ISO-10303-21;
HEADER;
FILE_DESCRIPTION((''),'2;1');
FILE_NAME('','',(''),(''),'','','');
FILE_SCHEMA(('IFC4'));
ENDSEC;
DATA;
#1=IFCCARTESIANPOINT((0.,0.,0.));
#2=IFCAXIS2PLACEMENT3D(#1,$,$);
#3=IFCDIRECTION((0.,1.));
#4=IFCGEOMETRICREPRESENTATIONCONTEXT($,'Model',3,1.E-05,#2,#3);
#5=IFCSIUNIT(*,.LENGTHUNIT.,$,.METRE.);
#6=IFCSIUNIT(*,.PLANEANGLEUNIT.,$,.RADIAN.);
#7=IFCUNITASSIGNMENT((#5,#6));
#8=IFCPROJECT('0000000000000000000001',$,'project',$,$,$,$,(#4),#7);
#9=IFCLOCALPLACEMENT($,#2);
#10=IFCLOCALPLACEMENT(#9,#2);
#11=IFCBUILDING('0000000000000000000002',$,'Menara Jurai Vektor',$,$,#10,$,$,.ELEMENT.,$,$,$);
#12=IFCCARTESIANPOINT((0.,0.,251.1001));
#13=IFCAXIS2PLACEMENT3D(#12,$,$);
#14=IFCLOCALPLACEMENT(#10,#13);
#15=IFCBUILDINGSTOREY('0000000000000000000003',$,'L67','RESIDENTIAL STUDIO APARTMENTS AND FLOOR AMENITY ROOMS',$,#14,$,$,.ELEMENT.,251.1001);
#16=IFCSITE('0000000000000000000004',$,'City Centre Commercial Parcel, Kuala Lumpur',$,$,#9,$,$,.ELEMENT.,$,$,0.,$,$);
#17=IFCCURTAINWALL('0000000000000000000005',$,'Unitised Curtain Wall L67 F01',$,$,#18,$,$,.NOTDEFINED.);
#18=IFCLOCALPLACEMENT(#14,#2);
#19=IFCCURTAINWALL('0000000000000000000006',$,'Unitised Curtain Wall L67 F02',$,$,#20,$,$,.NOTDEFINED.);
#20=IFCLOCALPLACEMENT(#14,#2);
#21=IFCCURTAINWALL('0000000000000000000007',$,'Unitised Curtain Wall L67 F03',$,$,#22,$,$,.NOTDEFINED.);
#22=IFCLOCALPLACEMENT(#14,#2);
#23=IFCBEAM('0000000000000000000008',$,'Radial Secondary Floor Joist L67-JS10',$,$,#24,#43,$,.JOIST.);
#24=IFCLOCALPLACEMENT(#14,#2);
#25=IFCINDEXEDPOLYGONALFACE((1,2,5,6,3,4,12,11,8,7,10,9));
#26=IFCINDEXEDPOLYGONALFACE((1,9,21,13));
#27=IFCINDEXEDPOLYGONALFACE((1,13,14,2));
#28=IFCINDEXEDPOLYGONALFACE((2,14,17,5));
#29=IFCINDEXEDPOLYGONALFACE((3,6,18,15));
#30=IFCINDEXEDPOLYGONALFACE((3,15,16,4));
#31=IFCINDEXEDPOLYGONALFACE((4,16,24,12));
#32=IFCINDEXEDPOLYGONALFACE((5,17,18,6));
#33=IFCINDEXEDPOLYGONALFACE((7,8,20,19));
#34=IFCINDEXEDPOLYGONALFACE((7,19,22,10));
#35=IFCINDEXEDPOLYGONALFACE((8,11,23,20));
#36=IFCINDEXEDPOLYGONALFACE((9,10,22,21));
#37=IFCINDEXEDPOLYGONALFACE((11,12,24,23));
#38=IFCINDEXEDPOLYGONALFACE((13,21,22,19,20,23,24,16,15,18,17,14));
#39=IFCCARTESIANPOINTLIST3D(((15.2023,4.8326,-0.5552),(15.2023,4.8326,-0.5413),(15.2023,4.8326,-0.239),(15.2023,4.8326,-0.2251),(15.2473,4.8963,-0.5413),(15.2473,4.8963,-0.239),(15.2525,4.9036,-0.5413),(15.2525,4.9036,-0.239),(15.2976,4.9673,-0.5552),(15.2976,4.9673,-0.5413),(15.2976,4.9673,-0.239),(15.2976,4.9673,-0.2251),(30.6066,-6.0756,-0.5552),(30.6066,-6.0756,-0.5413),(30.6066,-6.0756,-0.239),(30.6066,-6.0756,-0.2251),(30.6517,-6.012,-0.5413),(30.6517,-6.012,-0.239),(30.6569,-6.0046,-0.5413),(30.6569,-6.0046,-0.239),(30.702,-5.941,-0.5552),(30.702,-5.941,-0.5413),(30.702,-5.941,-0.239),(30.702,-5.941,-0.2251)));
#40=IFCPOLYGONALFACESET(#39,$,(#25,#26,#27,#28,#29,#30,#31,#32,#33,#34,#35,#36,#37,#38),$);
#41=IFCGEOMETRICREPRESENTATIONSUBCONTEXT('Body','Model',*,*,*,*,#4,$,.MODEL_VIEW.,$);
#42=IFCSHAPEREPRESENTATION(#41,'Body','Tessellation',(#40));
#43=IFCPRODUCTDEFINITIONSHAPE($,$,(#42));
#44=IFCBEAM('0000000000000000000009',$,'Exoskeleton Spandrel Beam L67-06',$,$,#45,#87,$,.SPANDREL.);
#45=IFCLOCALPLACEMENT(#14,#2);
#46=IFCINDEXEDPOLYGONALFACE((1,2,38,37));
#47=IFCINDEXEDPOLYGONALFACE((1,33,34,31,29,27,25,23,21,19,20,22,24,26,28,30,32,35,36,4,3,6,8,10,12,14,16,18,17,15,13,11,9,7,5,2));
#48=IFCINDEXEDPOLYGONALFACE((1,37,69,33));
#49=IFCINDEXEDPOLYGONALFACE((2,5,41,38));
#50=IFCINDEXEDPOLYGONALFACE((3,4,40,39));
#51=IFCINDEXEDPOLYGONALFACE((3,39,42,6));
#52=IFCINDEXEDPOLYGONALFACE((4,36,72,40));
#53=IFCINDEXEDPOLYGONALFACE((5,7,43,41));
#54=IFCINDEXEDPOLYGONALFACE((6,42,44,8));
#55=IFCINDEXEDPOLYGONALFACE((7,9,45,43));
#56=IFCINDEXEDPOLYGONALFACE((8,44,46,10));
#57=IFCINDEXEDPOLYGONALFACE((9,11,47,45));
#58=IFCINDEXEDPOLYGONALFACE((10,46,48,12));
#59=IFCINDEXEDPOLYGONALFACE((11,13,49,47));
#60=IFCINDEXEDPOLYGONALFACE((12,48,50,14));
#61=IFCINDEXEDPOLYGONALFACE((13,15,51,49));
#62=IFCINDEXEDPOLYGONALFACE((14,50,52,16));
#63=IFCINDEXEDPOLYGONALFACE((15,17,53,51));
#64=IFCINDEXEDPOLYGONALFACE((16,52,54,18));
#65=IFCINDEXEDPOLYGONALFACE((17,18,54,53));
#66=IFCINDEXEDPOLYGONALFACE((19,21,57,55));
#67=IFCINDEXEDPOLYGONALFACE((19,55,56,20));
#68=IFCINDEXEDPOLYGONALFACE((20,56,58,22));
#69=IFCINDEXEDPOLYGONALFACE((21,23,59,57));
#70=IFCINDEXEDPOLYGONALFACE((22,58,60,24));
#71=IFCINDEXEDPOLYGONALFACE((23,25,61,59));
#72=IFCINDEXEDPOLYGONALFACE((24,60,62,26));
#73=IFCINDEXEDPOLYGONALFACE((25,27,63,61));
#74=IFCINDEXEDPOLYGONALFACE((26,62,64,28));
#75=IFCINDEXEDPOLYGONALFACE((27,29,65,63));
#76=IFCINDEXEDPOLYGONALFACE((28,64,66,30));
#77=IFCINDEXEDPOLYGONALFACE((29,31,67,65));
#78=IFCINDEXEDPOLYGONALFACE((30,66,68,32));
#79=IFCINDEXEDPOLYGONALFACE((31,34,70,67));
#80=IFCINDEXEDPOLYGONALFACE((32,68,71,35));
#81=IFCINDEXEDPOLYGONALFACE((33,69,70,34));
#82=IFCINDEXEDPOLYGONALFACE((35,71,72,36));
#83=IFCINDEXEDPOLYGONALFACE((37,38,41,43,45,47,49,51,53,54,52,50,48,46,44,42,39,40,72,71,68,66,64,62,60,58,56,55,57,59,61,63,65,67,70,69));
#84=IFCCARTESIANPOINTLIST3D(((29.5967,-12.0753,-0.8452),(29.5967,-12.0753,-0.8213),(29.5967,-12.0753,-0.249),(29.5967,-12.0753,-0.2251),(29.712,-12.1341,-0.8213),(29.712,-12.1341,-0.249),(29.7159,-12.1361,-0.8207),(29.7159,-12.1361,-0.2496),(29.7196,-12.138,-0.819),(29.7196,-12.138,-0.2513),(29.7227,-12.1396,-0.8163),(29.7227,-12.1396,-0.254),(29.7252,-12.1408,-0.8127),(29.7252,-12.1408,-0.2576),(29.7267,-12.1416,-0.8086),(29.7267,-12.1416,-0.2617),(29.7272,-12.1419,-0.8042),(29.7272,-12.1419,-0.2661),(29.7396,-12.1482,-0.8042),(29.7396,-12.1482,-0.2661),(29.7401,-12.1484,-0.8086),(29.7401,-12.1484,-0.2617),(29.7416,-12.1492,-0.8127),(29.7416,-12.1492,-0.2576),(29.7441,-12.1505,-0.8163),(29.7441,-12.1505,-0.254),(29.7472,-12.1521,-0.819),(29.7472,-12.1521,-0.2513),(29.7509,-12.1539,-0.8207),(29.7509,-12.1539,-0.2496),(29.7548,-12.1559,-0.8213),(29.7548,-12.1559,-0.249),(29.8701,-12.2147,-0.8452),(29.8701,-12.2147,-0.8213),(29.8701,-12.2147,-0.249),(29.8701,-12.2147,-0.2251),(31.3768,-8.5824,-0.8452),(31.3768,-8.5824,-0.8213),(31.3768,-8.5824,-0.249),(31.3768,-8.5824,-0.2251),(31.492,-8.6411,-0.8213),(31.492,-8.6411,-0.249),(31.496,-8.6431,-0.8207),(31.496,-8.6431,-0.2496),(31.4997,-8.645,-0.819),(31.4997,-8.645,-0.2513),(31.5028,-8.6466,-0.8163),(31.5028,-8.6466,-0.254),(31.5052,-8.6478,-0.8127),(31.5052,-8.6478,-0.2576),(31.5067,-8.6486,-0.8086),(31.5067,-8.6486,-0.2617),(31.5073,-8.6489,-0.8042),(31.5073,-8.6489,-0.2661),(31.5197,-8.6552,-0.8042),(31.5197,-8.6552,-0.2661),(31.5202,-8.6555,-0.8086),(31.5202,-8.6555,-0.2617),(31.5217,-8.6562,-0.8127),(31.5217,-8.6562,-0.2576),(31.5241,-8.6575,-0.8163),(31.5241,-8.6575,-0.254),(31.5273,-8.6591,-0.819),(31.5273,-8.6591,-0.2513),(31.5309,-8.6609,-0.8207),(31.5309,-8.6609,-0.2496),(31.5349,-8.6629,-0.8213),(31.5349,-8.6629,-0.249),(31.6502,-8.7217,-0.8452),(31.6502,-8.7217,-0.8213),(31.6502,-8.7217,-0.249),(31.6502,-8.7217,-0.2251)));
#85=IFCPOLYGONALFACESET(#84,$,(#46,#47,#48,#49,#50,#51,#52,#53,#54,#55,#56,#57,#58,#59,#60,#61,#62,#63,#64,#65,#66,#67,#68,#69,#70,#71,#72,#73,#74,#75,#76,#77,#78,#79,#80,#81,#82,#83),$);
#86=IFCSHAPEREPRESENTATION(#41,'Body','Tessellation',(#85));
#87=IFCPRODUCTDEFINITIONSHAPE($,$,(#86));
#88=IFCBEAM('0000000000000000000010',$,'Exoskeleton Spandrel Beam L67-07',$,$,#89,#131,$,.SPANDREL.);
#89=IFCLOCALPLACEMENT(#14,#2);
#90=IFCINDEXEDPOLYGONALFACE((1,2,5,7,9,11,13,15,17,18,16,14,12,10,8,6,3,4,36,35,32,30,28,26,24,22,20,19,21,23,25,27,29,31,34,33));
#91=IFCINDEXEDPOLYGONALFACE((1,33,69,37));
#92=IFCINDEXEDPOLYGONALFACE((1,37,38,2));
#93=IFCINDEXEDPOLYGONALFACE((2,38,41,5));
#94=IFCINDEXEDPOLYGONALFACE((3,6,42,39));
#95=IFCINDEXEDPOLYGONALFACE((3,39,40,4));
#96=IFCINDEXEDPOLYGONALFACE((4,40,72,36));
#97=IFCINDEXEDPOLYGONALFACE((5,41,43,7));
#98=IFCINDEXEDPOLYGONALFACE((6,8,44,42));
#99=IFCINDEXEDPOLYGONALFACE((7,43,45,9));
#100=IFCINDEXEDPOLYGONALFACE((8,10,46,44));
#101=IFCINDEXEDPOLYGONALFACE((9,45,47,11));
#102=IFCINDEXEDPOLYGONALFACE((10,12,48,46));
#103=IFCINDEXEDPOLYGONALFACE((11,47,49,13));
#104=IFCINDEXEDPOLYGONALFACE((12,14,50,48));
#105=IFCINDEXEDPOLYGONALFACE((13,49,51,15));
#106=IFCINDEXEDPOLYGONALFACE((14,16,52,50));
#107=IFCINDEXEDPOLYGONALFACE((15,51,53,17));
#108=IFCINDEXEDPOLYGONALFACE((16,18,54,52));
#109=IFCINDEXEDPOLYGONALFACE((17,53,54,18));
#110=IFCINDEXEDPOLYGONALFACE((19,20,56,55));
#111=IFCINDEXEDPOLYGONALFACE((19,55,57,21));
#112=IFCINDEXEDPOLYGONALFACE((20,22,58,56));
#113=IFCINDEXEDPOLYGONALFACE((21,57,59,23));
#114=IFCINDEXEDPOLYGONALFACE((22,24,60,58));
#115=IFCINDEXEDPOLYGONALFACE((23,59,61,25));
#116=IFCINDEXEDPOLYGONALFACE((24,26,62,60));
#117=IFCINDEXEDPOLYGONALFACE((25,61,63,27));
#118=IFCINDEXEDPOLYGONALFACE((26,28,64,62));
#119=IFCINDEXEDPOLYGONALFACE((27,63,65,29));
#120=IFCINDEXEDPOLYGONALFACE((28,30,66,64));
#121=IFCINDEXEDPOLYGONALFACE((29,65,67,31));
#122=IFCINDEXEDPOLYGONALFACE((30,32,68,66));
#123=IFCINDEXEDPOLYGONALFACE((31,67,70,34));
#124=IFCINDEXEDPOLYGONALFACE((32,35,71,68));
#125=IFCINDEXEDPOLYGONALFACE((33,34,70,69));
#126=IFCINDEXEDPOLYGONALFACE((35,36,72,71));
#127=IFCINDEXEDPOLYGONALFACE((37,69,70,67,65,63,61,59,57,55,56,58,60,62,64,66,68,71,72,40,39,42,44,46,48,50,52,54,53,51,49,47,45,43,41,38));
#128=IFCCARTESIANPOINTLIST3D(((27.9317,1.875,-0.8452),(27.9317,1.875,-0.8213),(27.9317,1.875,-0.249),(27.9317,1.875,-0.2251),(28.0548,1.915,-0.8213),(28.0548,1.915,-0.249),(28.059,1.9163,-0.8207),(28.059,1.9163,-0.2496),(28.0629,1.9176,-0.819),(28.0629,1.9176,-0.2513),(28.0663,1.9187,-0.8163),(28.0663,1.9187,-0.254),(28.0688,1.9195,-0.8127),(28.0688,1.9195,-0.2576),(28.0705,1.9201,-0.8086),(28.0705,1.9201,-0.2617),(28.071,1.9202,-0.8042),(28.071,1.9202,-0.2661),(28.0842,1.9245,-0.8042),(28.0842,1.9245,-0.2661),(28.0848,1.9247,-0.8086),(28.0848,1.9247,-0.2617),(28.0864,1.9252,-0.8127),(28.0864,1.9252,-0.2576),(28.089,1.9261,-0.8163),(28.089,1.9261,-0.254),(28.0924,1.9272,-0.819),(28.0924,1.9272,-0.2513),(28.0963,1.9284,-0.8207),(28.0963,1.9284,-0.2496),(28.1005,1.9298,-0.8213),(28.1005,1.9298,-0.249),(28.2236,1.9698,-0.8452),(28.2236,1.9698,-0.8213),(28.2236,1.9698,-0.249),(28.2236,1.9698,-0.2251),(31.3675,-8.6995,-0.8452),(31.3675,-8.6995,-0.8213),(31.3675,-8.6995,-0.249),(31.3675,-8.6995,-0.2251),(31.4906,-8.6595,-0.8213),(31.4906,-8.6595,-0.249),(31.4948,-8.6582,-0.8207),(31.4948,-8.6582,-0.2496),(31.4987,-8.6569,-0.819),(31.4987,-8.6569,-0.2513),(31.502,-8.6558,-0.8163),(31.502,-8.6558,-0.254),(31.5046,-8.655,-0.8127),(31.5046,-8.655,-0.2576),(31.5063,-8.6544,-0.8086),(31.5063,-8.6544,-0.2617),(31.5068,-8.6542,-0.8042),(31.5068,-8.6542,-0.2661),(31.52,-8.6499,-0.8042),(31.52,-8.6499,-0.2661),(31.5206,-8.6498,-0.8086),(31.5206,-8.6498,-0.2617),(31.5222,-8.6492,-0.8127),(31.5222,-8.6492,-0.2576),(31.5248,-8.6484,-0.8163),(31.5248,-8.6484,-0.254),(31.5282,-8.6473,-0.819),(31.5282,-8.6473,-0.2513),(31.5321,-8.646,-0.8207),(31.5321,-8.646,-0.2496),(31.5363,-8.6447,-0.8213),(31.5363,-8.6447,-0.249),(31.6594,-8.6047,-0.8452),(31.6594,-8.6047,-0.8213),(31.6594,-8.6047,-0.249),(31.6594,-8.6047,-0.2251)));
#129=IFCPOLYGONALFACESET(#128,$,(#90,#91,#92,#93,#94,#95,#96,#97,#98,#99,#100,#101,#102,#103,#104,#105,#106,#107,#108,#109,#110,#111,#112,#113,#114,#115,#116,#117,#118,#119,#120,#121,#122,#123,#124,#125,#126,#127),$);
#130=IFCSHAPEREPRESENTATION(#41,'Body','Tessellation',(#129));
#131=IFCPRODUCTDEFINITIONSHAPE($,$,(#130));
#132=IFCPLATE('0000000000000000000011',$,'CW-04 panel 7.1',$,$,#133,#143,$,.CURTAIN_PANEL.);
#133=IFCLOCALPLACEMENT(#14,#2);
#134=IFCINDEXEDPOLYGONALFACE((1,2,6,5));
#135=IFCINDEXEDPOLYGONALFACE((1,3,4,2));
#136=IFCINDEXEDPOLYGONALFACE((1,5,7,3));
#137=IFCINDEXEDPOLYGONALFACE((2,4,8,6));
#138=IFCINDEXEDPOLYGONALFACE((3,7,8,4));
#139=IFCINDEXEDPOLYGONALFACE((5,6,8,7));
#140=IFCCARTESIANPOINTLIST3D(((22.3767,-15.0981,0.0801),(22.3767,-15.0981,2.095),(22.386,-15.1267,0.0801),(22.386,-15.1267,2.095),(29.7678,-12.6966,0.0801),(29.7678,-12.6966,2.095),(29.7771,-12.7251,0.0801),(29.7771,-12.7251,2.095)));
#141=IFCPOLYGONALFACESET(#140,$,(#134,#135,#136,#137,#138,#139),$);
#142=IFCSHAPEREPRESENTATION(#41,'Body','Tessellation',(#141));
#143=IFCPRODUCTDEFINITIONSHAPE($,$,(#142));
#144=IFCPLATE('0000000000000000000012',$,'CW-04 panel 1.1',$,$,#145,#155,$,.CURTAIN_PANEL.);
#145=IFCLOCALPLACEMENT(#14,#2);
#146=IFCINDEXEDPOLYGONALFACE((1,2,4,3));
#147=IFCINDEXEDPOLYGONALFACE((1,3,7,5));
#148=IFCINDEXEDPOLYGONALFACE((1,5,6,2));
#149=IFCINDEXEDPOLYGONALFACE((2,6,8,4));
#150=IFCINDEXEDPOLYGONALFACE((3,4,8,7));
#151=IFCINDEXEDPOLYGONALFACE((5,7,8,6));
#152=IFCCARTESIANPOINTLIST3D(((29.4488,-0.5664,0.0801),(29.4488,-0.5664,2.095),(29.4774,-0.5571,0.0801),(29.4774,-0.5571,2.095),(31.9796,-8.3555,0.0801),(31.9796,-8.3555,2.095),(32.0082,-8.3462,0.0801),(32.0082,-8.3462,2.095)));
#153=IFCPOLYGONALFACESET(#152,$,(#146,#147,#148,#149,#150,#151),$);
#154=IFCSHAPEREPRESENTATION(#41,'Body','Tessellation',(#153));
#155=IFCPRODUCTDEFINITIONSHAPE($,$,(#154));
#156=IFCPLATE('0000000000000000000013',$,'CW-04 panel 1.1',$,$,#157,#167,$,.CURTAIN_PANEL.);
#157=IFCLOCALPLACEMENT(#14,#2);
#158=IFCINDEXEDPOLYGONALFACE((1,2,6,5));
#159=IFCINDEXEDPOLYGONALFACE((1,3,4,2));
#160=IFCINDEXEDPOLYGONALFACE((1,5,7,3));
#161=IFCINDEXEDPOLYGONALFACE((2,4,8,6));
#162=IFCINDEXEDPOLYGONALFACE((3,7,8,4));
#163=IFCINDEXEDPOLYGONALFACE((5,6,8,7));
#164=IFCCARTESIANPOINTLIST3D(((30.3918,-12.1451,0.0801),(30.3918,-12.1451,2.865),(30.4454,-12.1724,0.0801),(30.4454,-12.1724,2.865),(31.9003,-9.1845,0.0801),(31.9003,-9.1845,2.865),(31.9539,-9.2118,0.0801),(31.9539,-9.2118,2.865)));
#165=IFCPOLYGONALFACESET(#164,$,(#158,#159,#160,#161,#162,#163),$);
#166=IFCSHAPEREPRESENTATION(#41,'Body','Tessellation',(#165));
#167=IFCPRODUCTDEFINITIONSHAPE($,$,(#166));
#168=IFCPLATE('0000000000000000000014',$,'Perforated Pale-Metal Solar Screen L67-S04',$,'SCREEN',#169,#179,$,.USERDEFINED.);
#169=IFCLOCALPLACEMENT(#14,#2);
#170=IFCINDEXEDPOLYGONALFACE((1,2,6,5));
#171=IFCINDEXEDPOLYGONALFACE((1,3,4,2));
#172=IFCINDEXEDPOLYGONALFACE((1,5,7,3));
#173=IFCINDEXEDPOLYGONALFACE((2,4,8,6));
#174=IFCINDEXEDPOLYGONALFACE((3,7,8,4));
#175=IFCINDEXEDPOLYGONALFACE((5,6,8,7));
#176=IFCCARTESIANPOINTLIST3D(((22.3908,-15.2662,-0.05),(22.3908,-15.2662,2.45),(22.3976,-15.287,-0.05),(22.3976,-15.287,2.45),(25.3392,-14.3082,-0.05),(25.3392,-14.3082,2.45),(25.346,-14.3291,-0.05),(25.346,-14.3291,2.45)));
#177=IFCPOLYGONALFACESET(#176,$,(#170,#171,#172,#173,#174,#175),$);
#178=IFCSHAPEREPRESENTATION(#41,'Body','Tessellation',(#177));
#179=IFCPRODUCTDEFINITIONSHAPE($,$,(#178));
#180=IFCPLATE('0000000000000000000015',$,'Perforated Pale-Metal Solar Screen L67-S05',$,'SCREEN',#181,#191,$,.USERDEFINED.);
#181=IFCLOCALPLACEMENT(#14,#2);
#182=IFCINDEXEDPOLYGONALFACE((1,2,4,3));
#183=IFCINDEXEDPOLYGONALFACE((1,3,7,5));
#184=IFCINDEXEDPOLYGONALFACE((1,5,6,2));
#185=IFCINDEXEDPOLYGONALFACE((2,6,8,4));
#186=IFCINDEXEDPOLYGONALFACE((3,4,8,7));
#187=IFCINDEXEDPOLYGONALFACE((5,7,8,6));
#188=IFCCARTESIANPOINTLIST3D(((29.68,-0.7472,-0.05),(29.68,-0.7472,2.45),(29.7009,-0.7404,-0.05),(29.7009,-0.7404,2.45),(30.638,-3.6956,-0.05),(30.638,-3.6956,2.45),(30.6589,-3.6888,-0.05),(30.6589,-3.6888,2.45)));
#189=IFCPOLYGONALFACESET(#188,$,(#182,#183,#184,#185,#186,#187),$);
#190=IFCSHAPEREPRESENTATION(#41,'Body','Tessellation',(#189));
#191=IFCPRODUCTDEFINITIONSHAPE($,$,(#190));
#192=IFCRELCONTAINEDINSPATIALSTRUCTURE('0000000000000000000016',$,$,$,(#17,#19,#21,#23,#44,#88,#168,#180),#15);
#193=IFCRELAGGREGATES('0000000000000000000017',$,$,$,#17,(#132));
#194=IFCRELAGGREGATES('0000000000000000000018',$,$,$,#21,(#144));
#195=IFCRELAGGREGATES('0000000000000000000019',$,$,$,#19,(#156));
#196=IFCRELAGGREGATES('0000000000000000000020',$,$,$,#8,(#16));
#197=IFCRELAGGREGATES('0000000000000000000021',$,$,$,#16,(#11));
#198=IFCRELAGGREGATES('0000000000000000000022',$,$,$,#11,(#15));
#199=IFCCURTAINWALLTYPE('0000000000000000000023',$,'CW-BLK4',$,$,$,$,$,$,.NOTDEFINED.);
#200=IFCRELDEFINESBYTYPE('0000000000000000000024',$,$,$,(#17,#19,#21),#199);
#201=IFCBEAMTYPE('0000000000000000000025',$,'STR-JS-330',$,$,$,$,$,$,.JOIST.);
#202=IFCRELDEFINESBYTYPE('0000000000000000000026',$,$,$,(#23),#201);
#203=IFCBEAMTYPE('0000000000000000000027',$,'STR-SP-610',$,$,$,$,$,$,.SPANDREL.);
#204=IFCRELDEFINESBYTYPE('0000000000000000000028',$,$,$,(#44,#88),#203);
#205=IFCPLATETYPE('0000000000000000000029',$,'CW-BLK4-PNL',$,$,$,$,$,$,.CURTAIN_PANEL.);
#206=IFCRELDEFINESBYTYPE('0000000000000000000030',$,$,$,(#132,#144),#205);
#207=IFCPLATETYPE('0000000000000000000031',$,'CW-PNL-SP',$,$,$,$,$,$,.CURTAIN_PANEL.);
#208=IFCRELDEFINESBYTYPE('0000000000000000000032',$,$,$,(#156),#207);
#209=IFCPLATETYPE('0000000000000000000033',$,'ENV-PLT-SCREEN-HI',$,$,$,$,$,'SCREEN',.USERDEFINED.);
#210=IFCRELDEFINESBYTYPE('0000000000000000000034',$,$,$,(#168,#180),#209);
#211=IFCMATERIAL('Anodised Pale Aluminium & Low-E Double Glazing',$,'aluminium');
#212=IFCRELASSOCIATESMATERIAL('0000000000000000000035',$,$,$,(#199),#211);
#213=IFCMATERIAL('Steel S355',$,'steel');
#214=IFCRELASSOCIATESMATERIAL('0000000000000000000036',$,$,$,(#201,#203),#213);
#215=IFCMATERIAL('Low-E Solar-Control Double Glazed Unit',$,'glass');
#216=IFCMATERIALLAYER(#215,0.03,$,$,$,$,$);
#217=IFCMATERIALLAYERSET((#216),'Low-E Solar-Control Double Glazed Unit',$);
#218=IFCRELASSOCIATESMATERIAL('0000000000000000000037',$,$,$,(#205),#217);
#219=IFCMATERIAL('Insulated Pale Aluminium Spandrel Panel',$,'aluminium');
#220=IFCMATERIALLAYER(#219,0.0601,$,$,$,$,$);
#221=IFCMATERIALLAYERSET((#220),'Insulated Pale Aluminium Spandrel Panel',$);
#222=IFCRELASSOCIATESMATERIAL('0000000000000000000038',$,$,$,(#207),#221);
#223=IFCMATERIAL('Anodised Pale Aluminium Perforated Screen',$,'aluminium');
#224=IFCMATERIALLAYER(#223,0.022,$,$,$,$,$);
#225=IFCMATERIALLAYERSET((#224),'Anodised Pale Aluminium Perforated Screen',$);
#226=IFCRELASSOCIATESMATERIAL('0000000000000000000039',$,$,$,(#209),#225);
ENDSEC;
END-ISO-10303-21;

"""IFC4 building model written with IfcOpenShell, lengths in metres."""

from ifc_helpers import new_model, si_unit, direction, frame, origin, origin_2d, place, context, subcontext, project, spatial, rectangle, i_section, extrude, material, layer, layer_set, material_profile, profile_set, type_object, element, aggregate, save


model = new_model("IFC4")

# Units and contexts
model_context = context("Model", 3, precision=1e-05, world=origin(), true_north=direction((0.0, 1.0)))
body_context = subcontext(model_context, "Body", "Model", "MODEL_VIEW")
ifc_project = project(units=[si_unit("LENGTHUNIT", "METRE"), si_unit("PLANEANGLEUNIT", "RADIAN")], contexts=[model_context])

# Site, building, storey
site_placement = place(None, origin())
site = spatial("IfcSite", under=ifc_project, at=site_placement, Name="City Centre Commercial Parcel, Kuala Lumpur", CompositionType="ELEMENT", RefElevation=0.0)
building_placement = place(site_placement, origin())
building = spatial("IfcBuilding", under=site, at=building_placement, Name="Menara Jurai Vektor", CompositionType="ELEMENT")
storey_placement = place(building_placement, frame((0.0, 0.0, 251.1001)))
storey = spatial("IfcBuildingStorey", under=building, at=storey_placement, Name="L67", Description="RESIDENTIAL STUDIO APARTMENTS AND FLOOR AMENITY ROOMS", CompositionType="ELEMENT", Elevation=251.1001)

# Curtain wall
ifc_material_1 = material(Name="Anodised Pale Aluminium & Low-E Double Glazing", Category="aluminium")
curtain_wall_type = type_object("IfcCurtainWallType", Name="CW-BLK4", PredefinedType="NOTDEFINED", material=ifc_material_1)
curtain_wall_1_placement = place(storey_placement, origin())
curtain_wall_1 = element("IfcCurtainWall", 1, at=curtain_wall_1_placement, inside=storey, type_object=curtain_wall_type, Name="Unitised Curtain Wall L67 F01", PredefinedType="NOTDEFINED")

# Curtain walls
curtain_wall_2_placement = place(storey_placement, origin())
curtain_wall_2 = element("IfcCurtainWall", 2, at=curtain_wall_2_placement, inside=storey, type_object=curtain_wall_type, Name="Unitised Curtain Wall L67 F02", PredefinedType="NOTDEFINED")
curtain_wall_3_placement = place(storey_placement, origin())
curtain_wall_3 = element("IfcCurtainWall", 3, at=curtain_wall_3_placement, inside=storey, type_object=curtain_wall_type, Name="Unitised Curtain Wall L67 F03", PredefinedType="NOTDEFINED")

# Shared definitions
ifc_material_2 = material(Name="Steel S355", Category="steel")

# Beams
ifc_material_profile_1 = material_profile(ifc_material_2, i_section(OverallWidth=0.165, OverallDepth=0.3301, WebThickness=0.009, FlangeThickness=0.0139, at=origin_2d()), Name="PG 330x165x46")
ifc_profile_set_1 = profile_set([ifc_material_profile_1], Name="Steel S355")
beam_type_1 = type_object("IfcBeamType", Name="STR-JS-330", PredefinedType="JOIST", material=ifc_profile_set_1)
beam_1_placement = place(storey_placement, frame((30.6543, -6.0083, -0.3901), z_axis=(-0.816104, 0.577905, 0.0), x_axis=(-0.577905, -0.816104, 0.0)))
element("IfcBeam", 4, at=beam_1_placement, inside=storey, type_object=beam_type_1, Name="Radial Secondary Floor Joist L67-JS10", PredefinedType="JOIST", context=body_context, shape_type="SweptSolid", body=[
    extrude(i_section(OverallWidth=0.165, OverallDepth=0.3301, WebThickness=0.009, FlangeThickness=0.0139, at=origin_2d()), origin(), (0.0, 0.0, 1.0), 18.8755),
])
ifc_material_profile_2 = material_profile(ifc_material_2, i_section(OverallWidth=0.3069, OverallDepth=0.6201, WebThickness=0.0139, FlangeThickness=0.0239, FilletRadius=0.0171, at=origin_2d()), Name="UKB 610x305x179")
ifc_profile_set_2 = profile_set([ifc_material_profile_2], Name="Steel S355")
beam_type_2 = type_object("IfcBeamType", Name="STR-SP-610", PredefinedType="SPANDREL", material=ifc_profile_set_2)
beam_2_placement = place(storey_placement, frame((29.7334, -12.145, -0.5352), z_axis=(0.454051, 0.890976, 0.0), x_axis=(-0.890976, 0.454051, 0.0)))
element("IfcBeam", 5, at=beam_2_placement, inside=storey, type_object=beam_type_2, Name="Exoskeleton Spandrel Beam L67-06", PredefinedType="SPANDREL", context=body_context, shape_type="SweptSolid", body=[
    extrude(i_section(OverallWidth=0.3069, OverallDepth=0.6201, WebThickness=0.0139, FlangeThickness=0.0239, FilletRadius=0.0171, at=origin_2d()), origin(), (0.0, 0.0, 1.0), 3.9204),
])
beam_3_placement = place(storey_placement, frame((31.5134, -8.6521, -0.5352), z_axis=(-0.309012, 0.951058, 0.0), x_axis=(-0.951058, -0.309012, 0.0)))
element("IfcBeam", 6, at=beam_3_placement, inside=storey, type_object=beam_type_2, Name="Exoskeleton Spandrel Beam L67-07", PredefinedType="SPANDREL", context=body_context, shape_type="SweptSolid", body=[
    extrude(i_section(OverallWidth=0.3069, OverallDepth=0.6201, WebThickness=0.0139, FlangeThickness=0.0239, FilletRadius=0.0171, at=origin_2d()), origin(), (0.0, 0.0, 1.0), 11.1187),
])

# Plates
ifc_material_3 = material(Name="Low-E Solar-Control Double Glazed Unit", Category="glass")
ifc_layer_1 = layer(ifc_material_3, 0.03)
ifc_layer_set_1 = layer_set([ifc_layer_1], Name="Low-E Solar-Control Double Glazed Unit")
plate_type_1 = type_object("IfcPlateType", Name="CW-BLK4-PNL", PredefinedType="CURTAIN_PANEL", material=ifc_layer_set_1)
plate_1_placement = place(storey_placement, frame((26.0769, -13.9116, 0.0801), z_axis=(0.0, 0.0, 1.0), x_axis=(0.951056, 0.309017, 0.0)))
plate_1 = element("IfcPlate", 7, at=plate_1_placement, type_object=plate_type_1, Name="CW-04 panel 7.1", PredefinedType="CURTAIN_PANEL", context=body_context, shape_type="SweptSolid", body=[
    extrude(rectangle(XDim=7.7715, YDim=0.03, at=origin_2d()), origin(), (0.0, 0.0, 1.0), 2.0149),
])
aggregate(curtain_wall_1, [plate_1])
plate_2_placement = place(storey_placement, frame((30.7285, -4.4563, 0.0801), z_axis=(0.0, 0.0, 1.0), x_axis=(-0.309016, 0.951057, 0.0)))
plate_2 = element("IfcPlate", 8, at=plate_2_placement, type_object=plate_type_1, Name="CW-04 panel 1.1", PredefinedType="CURTAIN_PANEL", context=body_context, shape_type="SweptSolid", body=[
    extrude(rectangle(XDim=8.1899, YDim=0.03, at=origin_2d()), origin(), (0.0, 0.0, 1.0), 2.0149),
])
aggregate(curtain_wall_3, [plate_2])
ifc_material_4 = material(Name="Insulated Pale Aluminium Spandrel Panel", Category="aluminium")
ifc_layer_2 = layer(ifc_material_4, 0.0601)
ifc_layer_set_2 = layer_set([ifc_layer_2], Name="Insulated Pale Aluminium Spandrel Panel")
plate_type_2 = type_object("IfcPlateType", Name="CW-PNL-SP", PredefinedType="CURTAIN_PANEL", material=ifc_layer_set_2)
plate_3_placement = place(storey_placement, frame((31.1729, -10.6785, 0.0801), z_axis=(0.0, 0.0, 1.0), x_axis=(0.453989, 0.891008, 0.0)))
plate_3 = element("IfcPlate", 9, at=plate_3_placement, type_object=plate_type_2, Name="CW-04 panel 1.1", PredefinedType="CURTAIN_PANEL", context=body_context, shape_type="SweptSolid", body=[
    extrude(rectangle(XDim=3.3228, YDim=0.0601, at=origin_2d()), origin(), (0.0, 0.0, 1.0), 2.7849),
])
aggregate(curtain_wall_2, [plate_3])

# Plates
ifc_material_5 = material(Name="Anodised Pale Aluminium Perforated Screen", Category="aluminium")
ifc_layer_3 = layer(ifc_material_5, 0.022)
ifc_layer_set_3 = layer_set([ifc_layer_3], Name="Anodised Pale Aluminium Perforated Screen")
plate_type_3 = type_object("IfcPlateType", Name="ENV-PLT-SCREEN-HI", ElementType="SCREEN", PredefinedType="USERDEFINED", material=ifc_layer_set_3)
for number, where, z_axis, x_axis, name in (
    (10, (23.8684, -14.7976, -0.05), (0.0, 0.0, 1.0), (0.951057, 0.309017, 0.0), "Perforated Pale-Metal Solar Screen L67-S04"),
    (11, (30.1694, -2.218, -0.05), (0.0, 0.0, 1.0), (-0.309017, 0.951057, 0.0), "Perforated Pale-Metal Solar Screen L67-S05"),
):
    element("IfcPlate", number, at=place(storey_placement, frame(where, z_axis=z_axis, x_axis=x_axis)), inside=storey, type_object=plate_type_3, Name=name, ObjectType="SCREEN", PredefinedType="USERDEFINED", context=body_context, shape_type="SweptSolid", body=[
        extrude(rectangle(XDim=3.1001, YDim=0.022, at=origin_2d()), origin(), (0.0, 0.0, 1.0), 2.5),
    ])

save(model, "model.ifc")
